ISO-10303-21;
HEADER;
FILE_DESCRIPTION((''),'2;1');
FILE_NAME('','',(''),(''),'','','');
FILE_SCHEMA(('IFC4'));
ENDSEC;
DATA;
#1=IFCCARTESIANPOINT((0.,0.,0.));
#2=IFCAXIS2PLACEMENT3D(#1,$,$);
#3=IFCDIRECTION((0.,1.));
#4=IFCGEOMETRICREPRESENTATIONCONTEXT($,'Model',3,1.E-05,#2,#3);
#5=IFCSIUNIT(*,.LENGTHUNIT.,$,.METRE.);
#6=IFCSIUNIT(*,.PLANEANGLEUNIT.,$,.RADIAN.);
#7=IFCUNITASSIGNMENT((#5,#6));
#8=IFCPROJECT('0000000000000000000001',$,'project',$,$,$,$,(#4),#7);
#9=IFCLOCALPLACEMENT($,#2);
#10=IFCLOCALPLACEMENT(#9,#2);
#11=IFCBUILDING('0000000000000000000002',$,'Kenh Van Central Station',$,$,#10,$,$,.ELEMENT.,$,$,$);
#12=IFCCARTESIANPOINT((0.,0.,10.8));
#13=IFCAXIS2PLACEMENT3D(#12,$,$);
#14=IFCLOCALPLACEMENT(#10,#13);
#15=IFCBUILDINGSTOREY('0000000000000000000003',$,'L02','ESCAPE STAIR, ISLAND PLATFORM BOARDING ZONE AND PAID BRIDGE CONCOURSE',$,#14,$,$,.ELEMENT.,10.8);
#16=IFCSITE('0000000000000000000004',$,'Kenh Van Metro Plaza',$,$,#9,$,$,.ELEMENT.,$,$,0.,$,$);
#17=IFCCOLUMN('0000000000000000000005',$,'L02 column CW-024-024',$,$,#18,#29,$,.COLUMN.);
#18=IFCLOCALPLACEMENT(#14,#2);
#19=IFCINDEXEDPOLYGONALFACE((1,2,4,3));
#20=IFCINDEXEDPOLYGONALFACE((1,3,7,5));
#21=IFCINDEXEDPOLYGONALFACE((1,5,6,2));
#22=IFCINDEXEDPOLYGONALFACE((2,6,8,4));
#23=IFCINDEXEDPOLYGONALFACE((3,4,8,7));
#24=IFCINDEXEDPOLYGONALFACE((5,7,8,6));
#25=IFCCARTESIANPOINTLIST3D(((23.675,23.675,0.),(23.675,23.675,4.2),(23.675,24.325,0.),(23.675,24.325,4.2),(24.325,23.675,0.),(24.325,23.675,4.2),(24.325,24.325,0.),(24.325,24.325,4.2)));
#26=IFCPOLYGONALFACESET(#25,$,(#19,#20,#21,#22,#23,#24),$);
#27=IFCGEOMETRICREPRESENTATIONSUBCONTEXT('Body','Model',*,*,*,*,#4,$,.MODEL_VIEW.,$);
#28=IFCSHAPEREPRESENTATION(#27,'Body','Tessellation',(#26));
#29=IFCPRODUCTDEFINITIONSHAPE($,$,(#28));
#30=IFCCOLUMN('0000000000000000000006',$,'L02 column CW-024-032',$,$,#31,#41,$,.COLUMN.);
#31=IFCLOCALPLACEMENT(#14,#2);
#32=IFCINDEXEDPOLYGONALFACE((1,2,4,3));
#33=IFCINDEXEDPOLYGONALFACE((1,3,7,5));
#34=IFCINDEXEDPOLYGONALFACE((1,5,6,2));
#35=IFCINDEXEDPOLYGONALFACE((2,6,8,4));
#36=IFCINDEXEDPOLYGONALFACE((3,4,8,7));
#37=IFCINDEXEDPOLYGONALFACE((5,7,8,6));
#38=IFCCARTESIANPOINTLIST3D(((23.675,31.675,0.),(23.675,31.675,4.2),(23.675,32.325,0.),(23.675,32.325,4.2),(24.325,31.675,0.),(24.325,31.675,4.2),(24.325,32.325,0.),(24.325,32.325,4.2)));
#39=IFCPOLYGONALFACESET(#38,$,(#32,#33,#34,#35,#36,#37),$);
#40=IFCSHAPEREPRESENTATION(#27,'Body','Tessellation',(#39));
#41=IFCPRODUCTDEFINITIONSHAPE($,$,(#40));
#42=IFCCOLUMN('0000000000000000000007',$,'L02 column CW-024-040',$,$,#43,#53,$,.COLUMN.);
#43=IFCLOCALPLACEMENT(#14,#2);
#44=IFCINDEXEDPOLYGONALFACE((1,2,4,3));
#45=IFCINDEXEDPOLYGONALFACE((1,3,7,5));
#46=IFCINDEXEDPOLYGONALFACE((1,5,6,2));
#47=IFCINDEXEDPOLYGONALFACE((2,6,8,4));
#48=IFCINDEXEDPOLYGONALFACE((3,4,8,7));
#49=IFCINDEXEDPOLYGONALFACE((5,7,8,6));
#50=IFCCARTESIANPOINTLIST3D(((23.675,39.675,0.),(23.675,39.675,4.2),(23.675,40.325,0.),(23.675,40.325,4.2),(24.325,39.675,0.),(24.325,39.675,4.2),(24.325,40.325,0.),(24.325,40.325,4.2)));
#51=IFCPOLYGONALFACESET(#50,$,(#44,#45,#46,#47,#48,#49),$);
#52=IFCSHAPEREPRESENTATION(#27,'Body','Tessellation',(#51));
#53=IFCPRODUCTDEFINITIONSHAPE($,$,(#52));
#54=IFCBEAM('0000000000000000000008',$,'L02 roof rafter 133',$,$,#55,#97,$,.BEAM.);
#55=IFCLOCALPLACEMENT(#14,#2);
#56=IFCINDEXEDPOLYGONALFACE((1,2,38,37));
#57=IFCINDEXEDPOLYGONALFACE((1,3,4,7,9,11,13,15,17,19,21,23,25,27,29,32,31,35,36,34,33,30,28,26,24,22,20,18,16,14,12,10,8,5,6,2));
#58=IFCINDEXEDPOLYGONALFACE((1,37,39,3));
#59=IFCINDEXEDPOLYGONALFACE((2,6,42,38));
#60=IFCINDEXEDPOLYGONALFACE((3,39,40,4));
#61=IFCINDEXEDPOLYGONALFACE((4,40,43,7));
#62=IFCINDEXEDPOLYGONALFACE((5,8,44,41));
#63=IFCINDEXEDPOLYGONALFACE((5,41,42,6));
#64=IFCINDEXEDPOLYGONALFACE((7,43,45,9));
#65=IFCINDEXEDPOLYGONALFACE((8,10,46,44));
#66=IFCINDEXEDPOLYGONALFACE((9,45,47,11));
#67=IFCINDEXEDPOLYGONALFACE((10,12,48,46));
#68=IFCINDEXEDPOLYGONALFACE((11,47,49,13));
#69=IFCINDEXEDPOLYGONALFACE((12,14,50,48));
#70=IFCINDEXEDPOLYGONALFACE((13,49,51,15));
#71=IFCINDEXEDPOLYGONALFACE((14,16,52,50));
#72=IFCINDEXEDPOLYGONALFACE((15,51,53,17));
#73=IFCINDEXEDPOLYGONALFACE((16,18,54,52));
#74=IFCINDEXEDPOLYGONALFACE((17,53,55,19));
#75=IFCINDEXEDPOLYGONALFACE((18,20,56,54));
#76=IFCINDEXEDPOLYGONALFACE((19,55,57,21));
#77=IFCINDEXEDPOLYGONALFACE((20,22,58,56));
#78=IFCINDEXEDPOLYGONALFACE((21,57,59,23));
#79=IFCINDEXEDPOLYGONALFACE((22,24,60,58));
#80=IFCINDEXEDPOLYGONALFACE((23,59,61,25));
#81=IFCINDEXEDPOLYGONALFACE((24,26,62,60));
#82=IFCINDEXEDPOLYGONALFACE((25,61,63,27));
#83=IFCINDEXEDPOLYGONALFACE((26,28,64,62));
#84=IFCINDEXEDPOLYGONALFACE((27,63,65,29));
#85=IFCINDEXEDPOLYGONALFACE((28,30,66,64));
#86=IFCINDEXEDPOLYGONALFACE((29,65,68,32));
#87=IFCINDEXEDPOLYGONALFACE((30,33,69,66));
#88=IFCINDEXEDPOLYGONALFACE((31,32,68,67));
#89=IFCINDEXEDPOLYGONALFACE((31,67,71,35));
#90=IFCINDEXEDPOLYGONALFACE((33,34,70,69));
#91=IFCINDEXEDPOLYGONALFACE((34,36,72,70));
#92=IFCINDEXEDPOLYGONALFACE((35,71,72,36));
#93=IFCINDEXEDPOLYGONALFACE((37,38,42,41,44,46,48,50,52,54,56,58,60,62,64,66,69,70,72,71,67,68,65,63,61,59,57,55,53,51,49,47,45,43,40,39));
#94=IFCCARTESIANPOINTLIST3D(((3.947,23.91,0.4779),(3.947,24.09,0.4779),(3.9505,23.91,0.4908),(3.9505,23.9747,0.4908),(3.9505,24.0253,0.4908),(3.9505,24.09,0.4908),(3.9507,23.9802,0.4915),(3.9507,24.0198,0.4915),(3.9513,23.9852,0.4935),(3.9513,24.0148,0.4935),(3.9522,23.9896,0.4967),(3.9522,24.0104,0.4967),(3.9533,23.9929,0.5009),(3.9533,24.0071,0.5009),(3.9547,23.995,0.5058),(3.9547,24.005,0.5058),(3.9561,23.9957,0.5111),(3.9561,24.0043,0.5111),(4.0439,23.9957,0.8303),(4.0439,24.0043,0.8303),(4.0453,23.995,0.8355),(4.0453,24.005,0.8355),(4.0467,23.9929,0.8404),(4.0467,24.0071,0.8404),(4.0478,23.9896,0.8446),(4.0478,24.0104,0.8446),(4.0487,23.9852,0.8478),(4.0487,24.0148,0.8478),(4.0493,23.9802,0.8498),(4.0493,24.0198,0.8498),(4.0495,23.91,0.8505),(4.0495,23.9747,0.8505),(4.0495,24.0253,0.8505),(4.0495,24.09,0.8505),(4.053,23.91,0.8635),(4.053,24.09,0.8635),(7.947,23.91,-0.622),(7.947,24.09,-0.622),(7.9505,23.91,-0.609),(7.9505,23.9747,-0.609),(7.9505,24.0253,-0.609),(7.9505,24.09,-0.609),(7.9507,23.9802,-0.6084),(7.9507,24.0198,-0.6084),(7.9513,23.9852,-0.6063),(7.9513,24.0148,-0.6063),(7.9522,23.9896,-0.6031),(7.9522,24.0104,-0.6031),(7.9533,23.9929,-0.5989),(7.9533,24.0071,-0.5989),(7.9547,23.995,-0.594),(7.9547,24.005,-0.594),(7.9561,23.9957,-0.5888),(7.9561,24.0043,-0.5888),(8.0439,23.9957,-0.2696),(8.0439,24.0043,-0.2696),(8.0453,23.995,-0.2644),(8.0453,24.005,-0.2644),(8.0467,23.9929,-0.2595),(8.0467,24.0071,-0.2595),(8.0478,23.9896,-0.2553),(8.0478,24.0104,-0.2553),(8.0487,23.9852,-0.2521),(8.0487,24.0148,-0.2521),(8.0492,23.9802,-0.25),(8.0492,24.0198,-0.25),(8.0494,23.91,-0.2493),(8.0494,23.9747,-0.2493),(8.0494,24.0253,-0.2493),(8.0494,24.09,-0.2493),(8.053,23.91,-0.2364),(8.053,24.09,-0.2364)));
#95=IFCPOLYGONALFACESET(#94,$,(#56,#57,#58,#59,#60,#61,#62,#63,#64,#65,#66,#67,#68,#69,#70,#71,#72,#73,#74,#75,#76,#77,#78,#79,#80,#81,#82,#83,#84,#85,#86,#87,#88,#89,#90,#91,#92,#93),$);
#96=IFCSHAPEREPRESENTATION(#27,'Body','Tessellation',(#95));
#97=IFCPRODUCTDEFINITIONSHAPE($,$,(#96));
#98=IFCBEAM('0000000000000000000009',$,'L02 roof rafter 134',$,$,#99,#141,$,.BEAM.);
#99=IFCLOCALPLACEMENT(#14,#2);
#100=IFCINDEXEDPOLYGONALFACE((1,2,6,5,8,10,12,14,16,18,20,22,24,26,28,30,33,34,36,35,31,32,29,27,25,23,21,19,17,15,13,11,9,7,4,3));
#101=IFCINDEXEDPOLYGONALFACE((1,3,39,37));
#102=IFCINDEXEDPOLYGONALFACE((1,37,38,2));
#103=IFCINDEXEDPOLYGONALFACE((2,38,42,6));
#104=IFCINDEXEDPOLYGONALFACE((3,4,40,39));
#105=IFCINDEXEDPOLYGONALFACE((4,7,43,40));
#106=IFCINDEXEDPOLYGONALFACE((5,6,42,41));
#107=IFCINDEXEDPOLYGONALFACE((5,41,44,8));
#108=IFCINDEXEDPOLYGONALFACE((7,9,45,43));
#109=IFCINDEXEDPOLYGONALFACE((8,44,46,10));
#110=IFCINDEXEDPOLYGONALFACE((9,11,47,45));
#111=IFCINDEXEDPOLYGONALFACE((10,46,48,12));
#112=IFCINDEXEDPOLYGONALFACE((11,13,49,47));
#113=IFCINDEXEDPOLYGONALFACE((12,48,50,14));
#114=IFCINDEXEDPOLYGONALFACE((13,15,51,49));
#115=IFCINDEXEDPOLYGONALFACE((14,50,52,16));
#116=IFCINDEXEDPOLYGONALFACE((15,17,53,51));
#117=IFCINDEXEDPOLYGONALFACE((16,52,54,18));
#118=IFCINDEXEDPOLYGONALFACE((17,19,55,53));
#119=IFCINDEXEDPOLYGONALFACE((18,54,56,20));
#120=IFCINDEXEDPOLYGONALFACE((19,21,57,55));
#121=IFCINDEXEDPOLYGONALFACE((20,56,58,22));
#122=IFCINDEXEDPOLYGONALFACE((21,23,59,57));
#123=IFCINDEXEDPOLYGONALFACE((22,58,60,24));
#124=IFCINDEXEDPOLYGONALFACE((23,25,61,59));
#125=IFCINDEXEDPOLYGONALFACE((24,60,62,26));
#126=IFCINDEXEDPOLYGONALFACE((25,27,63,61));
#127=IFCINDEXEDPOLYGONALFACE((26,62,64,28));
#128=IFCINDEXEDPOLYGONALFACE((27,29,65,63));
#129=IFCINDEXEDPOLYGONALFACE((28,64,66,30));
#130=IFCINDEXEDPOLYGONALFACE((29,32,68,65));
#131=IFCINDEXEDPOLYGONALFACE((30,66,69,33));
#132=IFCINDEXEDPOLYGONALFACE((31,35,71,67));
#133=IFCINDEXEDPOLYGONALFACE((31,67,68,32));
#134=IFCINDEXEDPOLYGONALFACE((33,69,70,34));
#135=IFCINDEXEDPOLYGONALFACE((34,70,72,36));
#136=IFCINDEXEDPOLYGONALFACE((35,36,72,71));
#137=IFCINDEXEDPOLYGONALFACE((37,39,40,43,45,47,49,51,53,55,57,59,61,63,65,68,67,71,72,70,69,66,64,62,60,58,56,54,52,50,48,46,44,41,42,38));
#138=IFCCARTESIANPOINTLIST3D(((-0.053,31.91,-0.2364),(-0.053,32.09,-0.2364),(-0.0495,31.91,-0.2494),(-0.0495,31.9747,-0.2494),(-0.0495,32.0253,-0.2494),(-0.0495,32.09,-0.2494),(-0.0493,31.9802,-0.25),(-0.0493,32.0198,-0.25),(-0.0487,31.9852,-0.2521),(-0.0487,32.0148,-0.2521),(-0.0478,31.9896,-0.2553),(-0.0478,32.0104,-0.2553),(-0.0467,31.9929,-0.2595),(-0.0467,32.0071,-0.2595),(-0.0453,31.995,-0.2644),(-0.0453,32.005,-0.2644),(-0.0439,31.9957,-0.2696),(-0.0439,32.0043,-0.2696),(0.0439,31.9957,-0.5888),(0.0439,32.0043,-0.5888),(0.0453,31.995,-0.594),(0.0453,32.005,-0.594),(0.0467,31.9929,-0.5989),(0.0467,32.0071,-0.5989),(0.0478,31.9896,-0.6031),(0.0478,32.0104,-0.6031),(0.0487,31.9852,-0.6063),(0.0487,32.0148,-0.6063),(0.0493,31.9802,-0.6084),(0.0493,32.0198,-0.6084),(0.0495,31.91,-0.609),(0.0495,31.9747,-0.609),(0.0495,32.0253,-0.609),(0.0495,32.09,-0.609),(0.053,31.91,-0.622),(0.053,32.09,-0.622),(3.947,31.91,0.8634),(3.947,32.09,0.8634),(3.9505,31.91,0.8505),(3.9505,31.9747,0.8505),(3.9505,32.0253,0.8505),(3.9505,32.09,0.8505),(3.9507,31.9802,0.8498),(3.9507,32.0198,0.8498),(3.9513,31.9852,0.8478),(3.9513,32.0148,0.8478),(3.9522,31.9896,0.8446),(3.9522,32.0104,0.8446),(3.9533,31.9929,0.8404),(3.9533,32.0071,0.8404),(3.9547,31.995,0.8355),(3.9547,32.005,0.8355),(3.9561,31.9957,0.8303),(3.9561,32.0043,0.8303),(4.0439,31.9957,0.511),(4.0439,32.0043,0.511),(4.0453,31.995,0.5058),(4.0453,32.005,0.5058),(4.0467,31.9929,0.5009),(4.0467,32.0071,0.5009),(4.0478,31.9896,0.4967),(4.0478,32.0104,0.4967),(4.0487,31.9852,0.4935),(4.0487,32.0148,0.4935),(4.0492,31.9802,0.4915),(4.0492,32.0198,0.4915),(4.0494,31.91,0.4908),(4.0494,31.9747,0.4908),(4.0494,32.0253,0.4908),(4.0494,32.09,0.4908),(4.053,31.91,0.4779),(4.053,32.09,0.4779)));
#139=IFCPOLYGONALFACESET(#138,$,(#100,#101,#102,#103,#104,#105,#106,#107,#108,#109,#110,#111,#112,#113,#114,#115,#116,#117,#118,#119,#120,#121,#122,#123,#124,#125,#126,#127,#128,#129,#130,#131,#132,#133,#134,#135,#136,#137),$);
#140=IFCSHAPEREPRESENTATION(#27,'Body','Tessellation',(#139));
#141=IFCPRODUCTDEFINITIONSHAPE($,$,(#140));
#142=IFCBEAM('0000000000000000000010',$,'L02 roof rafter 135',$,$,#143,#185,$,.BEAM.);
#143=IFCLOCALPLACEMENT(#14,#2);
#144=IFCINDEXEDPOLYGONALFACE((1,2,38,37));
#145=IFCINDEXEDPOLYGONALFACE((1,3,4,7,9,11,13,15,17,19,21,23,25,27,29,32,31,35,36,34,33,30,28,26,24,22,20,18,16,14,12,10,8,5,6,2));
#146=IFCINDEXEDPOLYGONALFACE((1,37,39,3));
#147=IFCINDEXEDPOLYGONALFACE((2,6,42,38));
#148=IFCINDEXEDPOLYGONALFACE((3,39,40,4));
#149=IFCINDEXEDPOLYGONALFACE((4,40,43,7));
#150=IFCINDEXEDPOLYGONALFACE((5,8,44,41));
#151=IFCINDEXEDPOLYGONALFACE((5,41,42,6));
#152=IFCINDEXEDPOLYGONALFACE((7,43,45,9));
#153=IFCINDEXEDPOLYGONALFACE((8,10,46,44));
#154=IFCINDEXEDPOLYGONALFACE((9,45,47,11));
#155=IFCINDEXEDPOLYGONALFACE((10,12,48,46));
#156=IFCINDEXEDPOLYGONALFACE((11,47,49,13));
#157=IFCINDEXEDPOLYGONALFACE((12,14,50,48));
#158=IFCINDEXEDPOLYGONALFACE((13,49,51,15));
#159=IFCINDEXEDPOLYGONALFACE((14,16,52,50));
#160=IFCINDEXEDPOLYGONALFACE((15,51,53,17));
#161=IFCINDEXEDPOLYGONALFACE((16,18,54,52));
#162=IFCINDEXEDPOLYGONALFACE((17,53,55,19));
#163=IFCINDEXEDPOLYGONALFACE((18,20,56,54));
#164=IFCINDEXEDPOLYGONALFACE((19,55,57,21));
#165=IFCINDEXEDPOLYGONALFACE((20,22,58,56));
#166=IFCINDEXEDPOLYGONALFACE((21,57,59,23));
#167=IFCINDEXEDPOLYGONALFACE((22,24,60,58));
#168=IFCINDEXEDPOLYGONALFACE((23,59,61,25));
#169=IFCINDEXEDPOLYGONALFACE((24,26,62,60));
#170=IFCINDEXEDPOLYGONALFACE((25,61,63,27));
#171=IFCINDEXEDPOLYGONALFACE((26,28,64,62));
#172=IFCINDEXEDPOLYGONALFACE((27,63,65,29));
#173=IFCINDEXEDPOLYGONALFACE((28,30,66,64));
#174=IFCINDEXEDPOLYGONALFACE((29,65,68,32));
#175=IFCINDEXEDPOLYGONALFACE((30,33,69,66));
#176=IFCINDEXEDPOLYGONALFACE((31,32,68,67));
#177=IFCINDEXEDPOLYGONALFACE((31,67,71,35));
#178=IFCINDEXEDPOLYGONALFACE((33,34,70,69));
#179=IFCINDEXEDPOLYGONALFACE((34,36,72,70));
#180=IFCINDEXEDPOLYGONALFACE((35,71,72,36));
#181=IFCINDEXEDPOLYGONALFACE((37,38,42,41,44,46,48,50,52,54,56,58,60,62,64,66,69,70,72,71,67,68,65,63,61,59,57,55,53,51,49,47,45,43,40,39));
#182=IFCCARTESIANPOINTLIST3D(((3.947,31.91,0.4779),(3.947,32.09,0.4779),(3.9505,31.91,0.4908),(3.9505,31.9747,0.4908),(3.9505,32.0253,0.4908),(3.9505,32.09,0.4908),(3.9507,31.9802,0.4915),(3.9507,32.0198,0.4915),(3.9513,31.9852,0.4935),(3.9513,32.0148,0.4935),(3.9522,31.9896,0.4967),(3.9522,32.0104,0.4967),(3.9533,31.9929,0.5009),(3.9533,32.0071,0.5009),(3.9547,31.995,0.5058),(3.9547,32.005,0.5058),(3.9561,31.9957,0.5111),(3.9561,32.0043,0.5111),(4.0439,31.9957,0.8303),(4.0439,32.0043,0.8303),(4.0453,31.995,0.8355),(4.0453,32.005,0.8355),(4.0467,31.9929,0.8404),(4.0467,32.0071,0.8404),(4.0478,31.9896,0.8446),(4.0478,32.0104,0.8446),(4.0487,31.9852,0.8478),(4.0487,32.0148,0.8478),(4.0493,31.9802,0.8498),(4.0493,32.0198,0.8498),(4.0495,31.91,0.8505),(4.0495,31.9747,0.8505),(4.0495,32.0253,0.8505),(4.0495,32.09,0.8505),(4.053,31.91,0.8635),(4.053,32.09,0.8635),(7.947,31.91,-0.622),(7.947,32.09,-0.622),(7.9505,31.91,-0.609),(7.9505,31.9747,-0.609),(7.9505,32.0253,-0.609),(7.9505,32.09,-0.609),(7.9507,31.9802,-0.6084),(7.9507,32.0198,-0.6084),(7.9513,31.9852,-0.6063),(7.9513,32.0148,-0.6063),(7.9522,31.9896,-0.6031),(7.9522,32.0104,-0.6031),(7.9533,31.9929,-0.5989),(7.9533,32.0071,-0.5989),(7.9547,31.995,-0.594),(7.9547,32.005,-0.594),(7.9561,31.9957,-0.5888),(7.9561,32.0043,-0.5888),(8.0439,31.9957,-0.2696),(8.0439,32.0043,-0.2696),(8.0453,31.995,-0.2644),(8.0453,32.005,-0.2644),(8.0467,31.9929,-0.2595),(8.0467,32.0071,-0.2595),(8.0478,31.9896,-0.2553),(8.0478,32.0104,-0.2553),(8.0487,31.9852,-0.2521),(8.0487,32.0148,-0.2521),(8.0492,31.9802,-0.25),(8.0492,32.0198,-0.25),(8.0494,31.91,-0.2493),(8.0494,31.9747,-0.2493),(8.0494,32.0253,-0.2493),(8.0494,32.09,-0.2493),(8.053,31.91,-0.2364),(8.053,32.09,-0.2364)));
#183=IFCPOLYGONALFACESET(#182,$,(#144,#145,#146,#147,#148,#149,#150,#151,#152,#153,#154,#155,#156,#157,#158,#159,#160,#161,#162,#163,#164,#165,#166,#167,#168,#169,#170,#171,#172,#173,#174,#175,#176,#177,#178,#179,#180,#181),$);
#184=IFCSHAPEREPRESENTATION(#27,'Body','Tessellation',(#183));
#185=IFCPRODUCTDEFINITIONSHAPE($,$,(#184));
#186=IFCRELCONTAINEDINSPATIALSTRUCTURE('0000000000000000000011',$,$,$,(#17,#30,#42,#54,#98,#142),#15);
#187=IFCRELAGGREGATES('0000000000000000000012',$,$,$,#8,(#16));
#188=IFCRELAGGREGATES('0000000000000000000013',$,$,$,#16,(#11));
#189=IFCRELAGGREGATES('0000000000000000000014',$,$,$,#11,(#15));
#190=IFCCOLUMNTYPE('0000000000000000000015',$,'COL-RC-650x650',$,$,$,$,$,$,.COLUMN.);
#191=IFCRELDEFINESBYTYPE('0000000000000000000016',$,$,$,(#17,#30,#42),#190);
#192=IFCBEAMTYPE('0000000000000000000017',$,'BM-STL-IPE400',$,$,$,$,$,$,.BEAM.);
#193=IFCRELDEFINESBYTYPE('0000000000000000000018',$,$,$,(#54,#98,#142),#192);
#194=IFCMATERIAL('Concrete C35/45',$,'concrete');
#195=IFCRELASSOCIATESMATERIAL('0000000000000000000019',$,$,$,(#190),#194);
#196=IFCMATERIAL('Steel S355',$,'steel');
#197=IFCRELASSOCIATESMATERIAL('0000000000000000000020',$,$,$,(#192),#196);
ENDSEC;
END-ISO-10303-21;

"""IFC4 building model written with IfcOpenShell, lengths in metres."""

from ifc_helpers import new_model, si_unit, direction, frame, origin, origin_2d, place, context, subcontext, project, spatial, rectangle, i_section, extrude, material, material_profile, profile_set, type_object, element, save


model = new_model("IFC4")

# Units and contexts
model_context = context("Model", 3, precision=1e-05, world=origin(), true_north=direction((0.0, 1.0)))
body_context = subcontext(model_context, "Body", "Model", "MODEL_VIEW")
ifc_project = project(units=[si_unit("LENGTHUNIT", "METRE"), si_unit("PLANEANGLEUNIT", "RADIAN")], contexts=[model_context])

# Site, building, storey
site_placement = place(None, origin())
site = spatial("IfcSite", under=ifc_project, at=site_placement, Name="Kenh Van Metro Plaza", CompositionType="ELEMENT", RefElevation=0.0)
building_placement = place(site_placement, origin())
building = spatial("IfcBuilding", under=site, at=building_placement, Name="Kenh Van Central Station", CompositionType="ELEMENT")
storey_placement = place(building_placement, frame((0.0, 0.0, 10.8)))
storey = spatial("IfcBuildingStorey", under=building, at=storey_placement, Name="L02", Description="ESCAPE STAIR, ISLAND PLATFORM BOARDING ZONE AND PAID BRIDGE CONCOURSE", CompositionType="ELEMENT", Elevation=10.8)

# Columns
ifc_material_1 = material(Name="Concrete C35/45", Category="concrete")
ifc_material_profile_1 = material_profile(ifc_material_1, rectangle(XDim=0.6499, YDim=0.6499, at=origin_2d()), Name="RC 650x650")
ifc_profile_set_1 = profile_set([ifc_material_profile_1], Name="Concrete C35/45")
column_type = type_object("IfcColumnType", Name="COL-RC-650x650", PredefinedType="COLUMN", material=ifc_profile_set_1)
for number, where, z_axis, x_axis, name in (
    (1, (24.0, 24.0, 0.0), (0.0, 0.0, 1.0), (1.0, 0.0, 0.0), "L02 column CW-024-024"),
    (2, (24.0, 32.0, 0.0), (0.0, 0.0, 1.0), (1.0, 0.0, 0.0), "L02 column CW-024-032"),
    (3, (24.0, 40.0, 0.0), (0.0, 0.0, 1.0), (1.0, 0.0, 0.0), "L02 column CW-024-040"),
):
    element("IfcColumn", number, at=place(storey_placement, frame(where, z_axis=z_axis, x_axis=x_axis)), inside=storey, type_object=column_type, Name=name, PredefinedType="COLUMN", context=body_context, shape_type="SweptSolid", body=[
        extrude(rectangle(XDim=0.6499, YDim=0.6499, at=origin_2d()), origin(), (0.0, 0.0, 1.0), 4.2),
    ])

# Beams
ifc_material_2 = material(Name="Steel S355", Category="steel")
ifc_material_profile_2 = material_profile(ifc_material_2, i_section(OverallWidth=0.1799, OverallDepth=0.3999, WebThickness=0.0085, FlangeThickness=0.0134, FilletRadius=0.021, at=origin_2d()), Name="IPE 400")
ifc_profile_set_2 = profile_set([ifc_material_profile_2], Name="Steel S355")
beam_type_1 = type_object("IfcBeamType", Name="BM-STL-IPE400", PredefinedType="BEAM", material=ifc_profile_set_2)
for number, where, z_axis, x_axis, name in (
    (4, (4.0, 24.0, 0.6707), (0.964214, 0.0, -0.265124), (0.0, 1.0, 0.0), "L02 roof rafter 133"),
    (5, (0.0, 32.0, -0.4292), (0.964214, 0.0, 0.265124), (0.0, 1.0, 0.0), "L02 roof rafter 134"),
    (6, (4.0, 32.0, 0.6707), (0.964214, 0.0, -0.265124), (0.0, 1.0, 0.0), "L02 roof rafter 135"),
):
    element("IfcBeam", number, at=place(storey_placement, frame(where, z_axis=z_axis, x_axis=x_axis)), inside=storey, type_object=beam_type_1, Name=name, PredefinedType="BEAM", context=body_context, shape_type="SweptSolid", body=[
        extrude(i_section(OverallWidth=0.1799, OverallDepth=0.3999, WebThickness=0.0085, FlangeThickness=0.0134, FilletRadius=0.021, at=origin_2d()), origin(), (0.0, 0.0, 1.0), 4.1484),
    ])

save(model, "model.ifc")
